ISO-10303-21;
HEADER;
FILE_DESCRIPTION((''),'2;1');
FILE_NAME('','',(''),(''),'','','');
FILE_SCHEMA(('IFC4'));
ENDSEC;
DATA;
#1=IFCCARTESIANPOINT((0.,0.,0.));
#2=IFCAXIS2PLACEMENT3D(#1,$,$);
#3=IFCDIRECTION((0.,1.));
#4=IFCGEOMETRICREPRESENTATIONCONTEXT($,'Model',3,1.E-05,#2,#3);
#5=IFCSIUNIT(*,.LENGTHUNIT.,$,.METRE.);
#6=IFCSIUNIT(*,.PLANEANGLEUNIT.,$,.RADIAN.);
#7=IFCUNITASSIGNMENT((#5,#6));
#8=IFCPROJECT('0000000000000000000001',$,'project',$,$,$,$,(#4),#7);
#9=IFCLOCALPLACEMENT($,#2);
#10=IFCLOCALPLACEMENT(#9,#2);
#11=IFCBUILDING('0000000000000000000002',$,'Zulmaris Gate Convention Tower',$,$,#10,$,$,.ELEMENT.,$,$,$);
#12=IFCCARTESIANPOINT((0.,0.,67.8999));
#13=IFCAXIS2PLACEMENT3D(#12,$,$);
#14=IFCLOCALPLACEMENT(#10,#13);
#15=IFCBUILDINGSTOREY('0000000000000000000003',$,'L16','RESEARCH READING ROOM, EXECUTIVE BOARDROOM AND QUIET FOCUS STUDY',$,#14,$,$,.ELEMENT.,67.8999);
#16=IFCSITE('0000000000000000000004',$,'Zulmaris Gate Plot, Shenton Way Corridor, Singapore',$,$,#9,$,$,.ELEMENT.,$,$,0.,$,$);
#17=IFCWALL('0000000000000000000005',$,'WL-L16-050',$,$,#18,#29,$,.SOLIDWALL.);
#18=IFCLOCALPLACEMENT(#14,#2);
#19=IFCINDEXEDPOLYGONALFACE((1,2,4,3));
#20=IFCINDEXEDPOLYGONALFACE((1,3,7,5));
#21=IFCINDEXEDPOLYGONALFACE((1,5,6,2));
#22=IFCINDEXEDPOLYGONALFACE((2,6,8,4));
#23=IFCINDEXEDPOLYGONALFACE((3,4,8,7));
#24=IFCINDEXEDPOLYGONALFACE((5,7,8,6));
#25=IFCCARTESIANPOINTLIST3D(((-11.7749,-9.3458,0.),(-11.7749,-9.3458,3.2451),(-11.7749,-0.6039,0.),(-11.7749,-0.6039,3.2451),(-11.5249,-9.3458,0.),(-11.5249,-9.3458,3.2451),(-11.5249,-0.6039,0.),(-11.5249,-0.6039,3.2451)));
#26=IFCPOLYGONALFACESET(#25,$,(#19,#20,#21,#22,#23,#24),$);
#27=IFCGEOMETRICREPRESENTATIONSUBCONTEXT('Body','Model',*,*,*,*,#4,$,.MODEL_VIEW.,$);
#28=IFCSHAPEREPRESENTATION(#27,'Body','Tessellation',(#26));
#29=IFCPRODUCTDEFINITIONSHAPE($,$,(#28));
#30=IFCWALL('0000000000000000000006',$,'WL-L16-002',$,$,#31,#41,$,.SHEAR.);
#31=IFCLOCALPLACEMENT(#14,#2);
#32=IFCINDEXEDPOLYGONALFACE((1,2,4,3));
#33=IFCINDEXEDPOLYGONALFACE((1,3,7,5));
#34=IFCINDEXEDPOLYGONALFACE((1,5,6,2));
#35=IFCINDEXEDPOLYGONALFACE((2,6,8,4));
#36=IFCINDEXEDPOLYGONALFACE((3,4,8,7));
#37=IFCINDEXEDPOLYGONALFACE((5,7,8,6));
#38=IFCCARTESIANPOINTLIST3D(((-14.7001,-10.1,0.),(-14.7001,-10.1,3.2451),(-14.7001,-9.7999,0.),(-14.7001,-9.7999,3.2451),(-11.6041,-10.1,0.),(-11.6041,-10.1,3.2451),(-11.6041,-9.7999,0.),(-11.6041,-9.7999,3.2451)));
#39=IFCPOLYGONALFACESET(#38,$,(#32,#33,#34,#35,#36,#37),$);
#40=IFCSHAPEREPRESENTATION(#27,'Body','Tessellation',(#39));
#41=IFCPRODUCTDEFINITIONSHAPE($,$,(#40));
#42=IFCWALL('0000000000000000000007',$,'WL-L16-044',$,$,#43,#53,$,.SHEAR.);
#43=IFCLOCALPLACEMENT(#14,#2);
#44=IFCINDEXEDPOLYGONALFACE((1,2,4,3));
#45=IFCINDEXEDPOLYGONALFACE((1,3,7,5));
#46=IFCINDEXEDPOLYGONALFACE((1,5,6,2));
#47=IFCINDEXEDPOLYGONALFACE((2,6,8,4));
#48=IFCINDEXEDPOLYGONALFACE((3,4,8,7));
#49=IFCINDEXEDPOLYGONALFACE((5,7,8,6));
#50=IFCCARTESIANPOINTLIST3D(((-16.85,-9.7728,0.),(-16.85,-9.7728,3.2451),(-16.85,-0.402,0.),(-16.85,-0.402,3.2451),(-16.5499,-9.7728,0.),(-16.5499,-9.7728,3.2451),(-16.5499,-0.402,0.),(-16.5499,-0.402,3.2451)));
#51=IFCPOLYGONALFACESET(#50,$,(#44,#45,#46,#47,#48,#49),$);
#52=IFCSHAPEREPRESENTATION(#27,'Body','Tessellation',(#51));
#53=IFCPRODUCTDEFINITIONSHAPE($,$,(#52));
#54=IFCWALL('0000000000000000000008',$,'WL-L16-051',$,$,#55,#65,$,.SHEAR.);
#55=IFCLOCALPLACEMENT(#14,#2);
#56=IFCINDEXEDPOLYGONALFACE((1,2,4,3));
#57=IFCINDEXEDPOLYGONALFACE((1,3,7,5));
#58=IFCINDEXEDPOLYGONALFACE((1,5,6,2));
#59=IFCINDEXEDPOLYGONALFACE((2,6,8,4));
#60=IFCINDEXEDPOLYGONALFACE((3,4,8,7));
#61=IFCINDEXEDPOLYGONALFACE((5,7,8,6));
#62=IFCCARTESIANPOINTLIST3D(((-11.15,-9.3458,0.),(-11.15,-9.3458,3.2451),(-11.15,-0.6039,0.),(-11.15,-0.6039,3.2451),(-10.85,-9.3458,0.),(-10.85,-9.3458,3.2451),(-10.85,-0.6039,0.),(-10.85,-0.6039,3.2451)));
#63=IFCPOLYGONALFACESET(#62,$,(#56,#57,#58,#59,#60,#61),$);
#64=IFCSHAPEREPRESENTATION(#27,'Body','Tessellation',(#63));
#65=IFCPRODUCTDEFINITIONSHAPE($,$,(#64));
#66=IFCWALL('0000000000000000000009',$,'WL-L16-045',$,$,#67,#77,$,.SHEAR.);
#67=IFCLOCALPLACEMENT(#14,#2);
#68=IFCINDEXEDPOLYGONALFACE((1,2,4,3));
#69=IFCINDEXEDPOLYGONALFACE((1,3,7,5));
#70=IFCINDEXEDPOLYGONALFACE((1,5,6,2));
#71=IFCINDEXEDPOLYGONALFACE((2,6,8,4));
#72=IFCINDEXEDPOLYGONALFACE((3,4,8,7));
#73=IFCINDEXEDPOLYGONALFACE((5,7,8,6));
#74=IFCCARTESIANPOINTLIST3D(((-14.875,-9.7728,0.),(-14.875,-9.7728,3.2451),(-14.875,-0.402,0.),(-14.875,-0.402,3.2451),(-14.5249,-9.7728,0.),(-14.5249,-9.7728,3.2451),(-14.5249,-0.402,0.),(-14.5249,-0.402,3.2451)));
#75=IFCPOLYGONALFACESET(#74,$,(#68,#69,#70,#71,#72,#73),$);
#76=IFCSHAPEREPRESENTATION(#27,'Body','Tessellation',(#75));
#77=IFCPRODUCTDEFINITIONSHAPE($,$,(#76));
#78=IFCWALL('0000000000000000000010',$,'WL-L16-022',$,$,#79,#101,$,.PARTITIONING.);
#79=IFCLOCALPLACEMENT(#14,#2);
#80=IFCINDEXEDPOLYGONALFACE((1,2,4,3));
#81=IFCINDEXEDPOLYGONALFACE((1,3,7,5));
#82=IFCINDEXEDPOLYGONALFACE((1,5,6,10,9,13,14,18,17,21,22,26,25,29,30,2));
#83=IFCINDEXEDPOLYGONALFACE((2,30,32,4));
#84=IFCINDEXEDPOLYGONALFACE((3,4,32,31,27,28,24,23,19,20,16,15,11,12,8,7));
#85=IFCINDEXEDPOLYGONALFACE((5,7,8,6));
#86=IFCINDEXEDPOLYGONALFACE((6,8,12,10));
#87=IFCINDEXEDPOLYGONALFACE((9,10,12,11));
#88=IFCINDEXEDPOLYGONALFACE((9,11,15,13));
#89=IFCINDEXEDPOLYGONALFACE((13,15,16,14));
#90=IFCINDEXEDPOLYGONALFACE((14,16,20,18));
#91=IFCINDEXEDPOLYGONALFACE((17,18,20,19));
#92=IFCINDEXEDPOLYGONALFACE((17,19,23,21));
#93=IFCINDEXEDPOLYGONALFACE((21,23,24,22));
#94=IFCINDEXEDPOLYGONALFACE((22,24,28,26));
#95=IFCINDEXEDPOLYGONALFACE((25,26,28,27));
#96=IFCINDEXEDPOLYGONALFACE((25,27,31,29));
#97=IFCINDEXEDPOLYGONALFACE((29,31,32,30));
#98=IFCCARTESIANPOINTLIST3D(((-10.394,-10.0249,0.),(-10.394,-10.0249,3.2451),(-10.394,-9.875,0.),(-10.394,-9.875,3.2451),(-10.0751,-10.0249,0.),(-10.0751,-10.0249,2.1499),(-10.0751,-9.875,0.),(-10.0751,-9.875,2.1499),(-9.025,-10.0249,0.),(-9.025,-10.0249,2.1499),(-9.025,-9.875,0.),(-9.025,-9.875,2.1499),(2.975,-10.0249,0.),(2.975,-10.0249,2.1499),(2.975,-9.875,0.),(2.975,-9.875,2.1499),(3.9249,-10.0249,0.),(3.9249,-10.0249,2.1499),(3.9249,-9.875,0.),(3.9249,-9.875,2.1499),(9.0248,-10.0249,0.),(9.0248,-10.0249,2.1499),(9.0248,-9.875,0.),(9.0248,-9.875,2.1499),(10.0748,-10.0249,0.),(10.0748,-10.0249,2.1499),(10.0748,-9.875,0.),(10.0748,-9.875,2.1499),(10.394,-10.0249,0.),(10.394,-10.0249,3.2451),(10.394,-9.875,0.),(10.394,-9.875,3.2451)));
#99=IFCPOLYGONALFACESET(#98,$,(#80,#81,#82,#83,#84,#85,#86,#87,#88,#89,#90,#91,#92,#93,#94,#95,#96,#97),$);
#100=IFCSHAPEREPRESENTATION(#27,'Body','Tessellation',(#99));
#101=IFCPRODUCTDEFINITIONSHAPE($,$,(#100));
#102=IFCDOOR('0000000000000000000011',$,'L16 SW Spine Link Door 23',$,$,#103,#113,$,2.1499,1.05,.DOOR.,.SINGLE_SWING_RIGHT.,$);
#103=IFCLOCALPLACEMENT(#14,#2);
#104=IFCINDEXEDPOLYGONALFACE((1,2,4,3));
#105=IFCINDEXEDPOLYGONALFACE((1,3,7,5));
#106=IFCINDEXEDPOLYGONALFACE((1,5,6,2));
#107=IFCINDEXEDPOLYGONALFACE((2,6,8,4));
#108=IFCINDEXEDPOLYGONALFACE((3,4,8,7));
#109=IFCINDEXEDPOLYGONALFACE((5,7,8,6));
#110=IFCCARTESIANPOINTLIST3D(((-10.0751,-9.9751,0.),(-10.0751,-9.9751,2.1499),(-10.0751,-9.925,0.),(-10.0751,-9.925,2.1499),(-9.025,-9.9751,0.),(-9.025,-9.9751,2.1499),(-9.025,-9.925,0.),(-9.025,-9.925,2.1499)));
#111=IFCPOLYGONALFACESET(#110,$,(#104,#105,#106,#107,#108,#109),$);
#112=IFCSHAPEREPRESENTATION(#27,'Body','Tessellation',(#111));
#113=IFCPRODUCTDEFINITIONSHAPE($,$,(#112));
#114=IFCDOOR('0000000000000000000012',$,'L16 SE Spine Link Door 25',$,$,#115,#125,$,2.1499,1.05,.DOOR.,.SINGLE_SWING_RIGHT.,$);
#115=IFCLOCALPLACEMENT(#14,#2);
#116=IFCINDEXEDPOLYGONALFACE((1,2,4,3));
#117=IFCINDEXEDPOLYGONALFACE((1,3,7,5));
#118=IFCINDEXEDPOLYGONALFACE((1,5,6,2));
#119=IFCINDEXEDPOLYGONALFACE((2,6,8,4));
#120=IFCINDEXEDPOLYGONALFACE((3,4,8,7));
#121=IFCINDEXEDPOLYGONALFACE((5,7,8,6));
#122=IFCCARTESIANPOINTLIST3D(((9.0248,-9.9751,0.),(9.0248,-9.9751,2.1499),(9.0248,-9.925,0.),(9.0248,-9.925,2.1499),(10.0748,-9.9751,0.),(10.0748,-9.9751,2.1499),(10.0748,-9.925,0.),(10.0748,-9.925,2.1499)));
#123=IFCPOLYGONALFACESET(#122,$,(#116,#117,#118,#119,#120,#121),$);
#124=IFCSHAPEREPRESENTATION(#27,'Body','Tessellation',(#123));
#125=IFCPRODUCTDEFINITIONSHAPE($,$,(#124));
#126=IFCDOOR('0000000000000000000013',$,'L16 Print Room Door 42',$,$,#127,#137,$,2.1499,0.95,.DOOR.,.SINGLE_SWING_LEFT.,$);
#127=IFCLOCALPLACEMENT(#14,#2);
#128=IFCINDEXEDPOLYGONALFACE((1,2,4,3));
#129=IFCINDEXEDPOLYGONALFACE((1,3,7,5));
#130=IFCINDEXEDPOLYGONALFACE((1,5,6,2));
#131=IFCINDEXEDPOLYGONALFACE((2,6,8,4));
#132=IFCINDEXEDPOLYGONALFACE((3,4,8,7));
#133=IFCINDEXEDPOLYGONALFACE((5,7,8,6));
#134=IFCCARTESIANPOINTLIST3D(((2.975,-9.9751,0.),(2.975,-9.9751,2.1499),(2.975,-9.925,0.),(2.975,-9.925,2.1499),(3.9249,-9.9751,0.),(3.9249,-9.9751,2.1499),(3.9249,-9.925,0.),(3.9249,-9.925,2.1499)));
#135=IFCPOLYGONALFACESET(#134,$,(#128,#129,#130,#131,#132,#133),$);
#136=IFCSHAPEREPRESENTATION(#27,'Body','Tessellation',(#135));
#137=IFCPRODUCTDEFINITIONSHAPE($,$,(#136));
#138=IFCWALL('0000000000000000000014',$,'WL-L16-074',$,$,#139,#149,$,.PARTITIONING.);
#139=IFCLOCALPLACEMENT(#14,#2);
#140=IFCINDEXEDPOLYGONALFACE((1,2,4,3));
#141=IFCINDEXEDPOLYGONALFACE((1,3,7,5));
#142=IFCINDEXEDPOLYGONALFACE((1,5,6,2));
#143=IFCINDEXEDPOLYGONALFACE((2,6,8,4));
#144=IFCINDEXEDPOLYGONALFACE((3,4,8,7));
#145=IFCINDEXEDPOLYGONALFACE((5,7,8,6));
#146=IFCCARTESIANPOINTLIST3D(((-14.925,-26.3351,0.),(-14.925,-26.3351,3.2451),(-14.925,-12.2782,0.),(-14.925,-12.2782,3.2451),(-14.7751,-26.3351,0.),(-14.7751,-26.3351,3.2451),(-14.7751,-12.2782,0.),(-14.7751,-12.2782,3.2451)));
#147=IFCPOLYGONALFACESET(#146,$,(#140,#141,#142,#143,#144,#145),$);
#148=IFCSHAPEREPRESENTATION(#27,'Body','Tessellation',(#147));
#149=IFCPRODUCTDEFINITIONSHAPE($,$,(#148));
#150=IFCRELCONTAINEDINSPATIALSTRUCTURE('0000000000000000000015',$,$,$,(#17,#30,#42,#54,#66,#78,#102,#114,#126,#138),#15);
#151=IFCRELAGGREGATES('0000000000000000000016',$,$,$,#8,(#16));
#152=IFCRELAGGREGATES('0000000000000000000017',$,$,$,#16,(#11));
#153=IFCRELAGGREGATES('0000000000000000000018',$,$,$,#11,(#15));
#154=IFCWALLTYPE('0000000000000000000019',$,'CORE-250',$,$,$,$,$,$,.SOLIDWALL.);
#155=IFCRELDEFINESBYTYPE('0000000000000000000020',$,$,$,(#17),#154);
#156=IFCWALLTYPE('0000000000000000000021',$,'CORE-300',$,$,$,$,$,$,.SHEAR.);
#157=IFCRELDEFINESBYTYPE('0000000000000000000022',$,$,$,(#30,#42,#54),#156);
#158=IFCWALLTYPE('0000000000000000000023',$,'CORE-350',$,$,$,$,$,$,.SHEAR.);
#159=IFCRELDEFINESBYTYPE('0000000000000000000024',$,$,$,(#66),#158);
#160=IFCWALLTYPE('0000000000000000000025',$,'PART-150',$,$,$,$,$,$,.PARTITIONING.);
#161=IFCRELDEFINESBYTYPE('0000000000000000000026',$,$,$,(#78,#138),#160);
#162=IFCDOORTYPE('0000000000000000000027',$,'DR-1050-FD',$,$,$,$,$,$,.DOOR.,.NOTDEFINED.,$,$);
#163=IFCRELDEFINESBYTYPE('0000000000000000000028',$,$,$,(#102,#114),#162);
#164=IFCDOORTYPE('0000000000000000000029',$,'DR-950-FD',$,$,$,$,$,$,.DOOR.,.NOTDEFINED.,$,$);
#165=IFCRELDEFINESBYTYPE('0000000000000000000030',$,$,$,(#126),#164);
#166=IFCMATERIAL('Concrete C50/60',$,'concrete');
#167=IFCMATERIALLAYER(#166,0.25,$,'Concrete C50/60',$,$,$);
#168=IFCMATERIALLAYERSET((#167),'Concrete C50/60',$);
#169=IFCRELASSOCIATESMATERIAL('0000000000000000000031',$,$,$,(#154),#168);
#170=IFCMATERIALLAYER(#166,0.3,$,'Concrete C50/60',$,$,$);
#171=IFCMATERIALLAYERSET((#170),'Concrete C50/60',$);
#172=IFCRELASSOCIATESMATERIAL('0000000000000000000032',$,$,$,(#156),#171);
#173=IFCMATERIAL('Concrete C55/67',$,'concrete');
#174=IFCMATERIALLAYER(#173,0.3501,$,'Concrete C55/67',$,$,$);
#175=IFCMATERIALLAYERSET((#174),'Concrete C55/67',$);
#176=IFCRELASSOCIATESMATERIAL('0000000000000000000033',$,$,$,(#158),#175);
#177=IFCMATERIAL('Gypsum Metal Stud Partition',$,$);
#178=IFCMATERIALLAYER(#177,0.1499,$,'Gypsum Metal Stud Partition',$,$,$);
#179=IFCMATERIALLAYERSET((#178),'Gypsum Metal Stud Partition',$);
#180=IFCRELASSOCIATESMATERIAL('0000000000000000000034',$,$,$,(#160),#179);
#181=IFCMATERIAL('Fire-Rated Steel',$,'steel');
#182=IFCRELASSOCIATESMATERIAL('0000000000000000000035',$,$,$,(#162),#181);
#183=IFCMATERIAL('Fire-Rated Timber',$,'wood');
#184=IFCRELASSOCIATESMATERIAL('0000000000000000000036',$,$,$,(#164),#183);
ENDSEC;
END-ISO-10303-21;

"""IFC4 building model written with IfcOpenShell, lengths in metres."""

from ifc_helpers import new_model, si_unit, direction, frame, frame_2d, origin, place, context, subcontext, project, spatial, rectangle, extrude, material, layer, layer_set, type_object, element, fill, save


model = new_model("IFC4")

# Units and contexts
model_context = context("Model", 3, precision=1e-05, world=origin(), true_north=direction((0.0, 1.0)))
body_context = subcontext(model_context, "Body", "Model", "MODEL_VIEW")
ifc_project = project(units=[si_unit("LENGTHUNIT", "METRE"), si_unit("PLANEANGLEUNIT", "RADIAN")], contexts=[model_context])

# Site, building, storey
site_placement = place(None, origin())
site = spatial("IfcSite", under=ifc_project, at=site_placement, Name="Zulmaris Gate Plot, Shenton Way Corridor, Singapore", CompositionType="ELEMENT", RefElevation=0.0)
building_placement = place(site_placement, origin())
building = spatial("IfcBuilding", under=site, at=building_placement, Name="Zulmaris Gate Convention Tower", CompositionType="ELEMENT")
storey_placement = place(building_placement, frame((0.0, 0.0, 67.8999)))
storey = spatial("IfcBuildingStorey", under=building, at=storey_placement, Name="L16", Description="RESEARCH READING ROOM, EXECUTIVE BOARDROOM AND QUIET FOCUS STUDY", CompositionType="ELEMENT", Elevation=67.8999)

# Walls
ifc_material_1 = material(Name="Concrete C50/60", Category="concrete")
ifc_layer_1 = layer(ifc_material_1, 0.25, Name="Concrete C50/60")
ifc_layer_set_1 = layer_set([ifc_layer_1], Name="Concrete C50/60")
wall_type_1 = type_object("IfcWallType", Name="CORE-250", PredefinedType="SOLIDWALL", material=ifc_layer_set_1)
wall_1_placement = place(storey_placement, frame((-11.6499, -9.3459, 0.0), z_axis=(0.0, 0.0, 1.0), x_axis=(0.0, 1.0, 0.0)))
element("IfcWall", 1, at=wall_1_placement, inside=storey, type_object=wall_type_1, Name="WL-L16-050", PredefinedType="SOLIDWALL", context=body_context, shape_type="SweptSolid", body=[
    extrude(rectangle(XDim=8.7419, YDim=0.25, at=frame_2d((4.3711, 0.0))), origin(), (0.0, 0.0, 1.0), 3.2451),
])
ifc_layer_2 = layer(ifc_material_1, 0.3, Name="Concrete C50/60")
ifc_layer_set_2 = layer_set([ifc_layer_2], Name="Concrete C50/60")
wall_type_2 = type_object("IfcWallType", Name="CORE-300", PredefinedType="SHEAR", material=ifc_layer_set_2)
wall_2_placement = place(storey_placement, frame((-14.7, -9.95, 0.0), z_axis=(0.0, 0.0, 1.0), x_axis=(1.0, 0.0, 0.0)))
element("IfcWall", 2, at=wall_2_placement, inside=storey, type_object=wall_type_2, Name="WL-L16-002", PredefinedType="SHEAR", context=body_context, shape_type="SweptSolid", body=[
    extrude(rectangle(XDim=3.0959, YDim=0.3, at=frame_2d((1.5479, 0.0))), origin(), (0.0, 0.0, 1.0), 3.2451),
])
wall_3_placement = place(storey_placement, frame((-16.7, -9.7729, 0.0), z_axis=(0.0, 0.0, 1.0), x_axis=(0.0, 1.0, 0.0)))
element("IfcWall", 3, at=wall_3_placement, inside=storey, type_object=wall_type_2, Name="WL-L16-044", PredefinedType="SHEAR", context=body_context, shape_type="SweptSolid", body=[
    extrude(rectangle(XDim=9.3708, YDim=0.3, at=frame_2d((4.6855, 0.0))), origin(), (0.0, 0.0, 1.0), 3.2451),
])
wall_4_placement = place(storey_placement, frame((-11.0, -9.3459, 0.0), z_axis=(0.0, 0.0, 1.0), x_axis=(0.0, 1.0, 0.0)))
element("IfcWall", 4, at=wall_4_placement, inside=storey, type_object=wall_type_2, Name="WL-L16-051", PredefinedType="SHEAR", context=body_context, shape_type="SweptSolid", body=[
    extrude(rectangle(XDim=8.7419, YDim=0.3, at=frame_2d((4.3711, 0.0))), origin(), (0.0, 0.0, 1.0), 3.2451),
])
ifc_material_2 = material(Name="Concrete C55/67", Category="concrete")
ifc_layer_3 = layer(ifc_material_2, 0.3501, Name="Concrete C55/67")
ifc_layer_set_3 = layer_set([ifc_layer_3], Name="Concrete C55/67")
wall_type_3 = type_object("IfcWallType", Name="CORE-350", PredefinedType="SHEAR", material=ifc_layer_set_3)
wall_5_placement = place(storey_placement, frame((-14.7, -9.7729, 0.0), z_axis=(0.0, 0.0, 1.0), x_axis=(0.0, 1.0, 0.0)))
element("IfcWall", 5, at=wall_5_placement, inside=storey, type_object=wall_type_3, Name="WL-L16-045", PredefinedType="SHEAR", context=body_context, shape_type="SweptSolid", body=[
    extrude(rectangle(XDim=9.3708, YDim=0.3501, at=frame_2d((4.6855, 0.0))), origin(), (0.0, 0.0, 1.0), 3.2451),
])

# Wall, openings, doors
ifc_material_3 = material(Name="Gypsum Metal Stud Partition")
ifc_layer_4 = layer(ifc_material_3, 0.1499, Name="Gypsum Metal Stud Partition")
ifc_layer_set_4 = layer_set([ifc_layer_4], Name="Gypsum Metal Stud Partition")
wall_type_4 = type_object("IfcWallType", Name="PART-150", PredefinedType="PARTITIONING", material=ifc_layer_set_4)
wall_6_placement = place(storey_placement, frame((-10.394, -9.95, 0.0), z_axis=(0.0, 0.0, 1.0), x_axis=(1.0, 0.0, 0.0)))
wall_6 = element("IfcWall", 6, at=wall_6_placement, inside=storey, type_object=wall_type_4, Name="WL-L16-022", PredefinedType="PARTITIONING", context=body_context, shape_type="SweptSolid", body=[
    extrude(rectangle(XDim=20.7881, YDim=0.1499, at=frame_2d((10.394, 0.0))), origin(), (0.0, 0.0, 1.0), 3.2451),
])
opening_1_placement = place(wall_6_placement, frame((0.3191, 0.0, 0.0)))
opening_1 = element("IfcOpeningElement", 7, at=opening_1_placement, cuts=wall_6, PredefinedType="OPENING", context=body_context, shape_type="SweptSolid", body=[
    extrude(rectangle(XDim=1.05, YDim=2.1499, at=frame_2d((0.5249, 1.075))), frame((0.0, 0.085, 0.0), z_axis=(0.0, -1.0, 0.0), x_axis=(1.0, 0.0, 0.0)), (0.0, 0.0, 1.0), 0.1699),
])
opening_2_placement = place(wall_6_placement, frame((19.4189, 0.0, 0.0)))
opening_2 = element("IfcOpeningElement", 8, at=opening_2_placement, cuts=wall_6, PredefinedType="OPENING", context=body_context, shape_type="SweptSolid", body=[
    extrude(rectangle(XDim=1.05, YDim=2.1499, at=frame_2d((0.5249, 1.075))), frame((0.0, 0.085, 0.0), z_axis=(0.0, -1.0, 0.0), x_axis=(1.0, 0.0, 0.0)), (0.0, 0.0, 1.0), 0.1699),
])
opening_3_placement = place(wall_6_placement, frame((13.3689, 0.0, 0.0)))
opening_3 = element("IfcOpeningElement", 9, at=opening_3_placement, cuts=wall_6, PredefinedType="OPENING", context=body_context, shape_type="SweptSolid", body=[
    extrude(rectangle(XDim=0.95, YDim=2.1499, at=frame_2d((0.4751, 1.075))), frame((0.0, 0.085, 0.0), z_axis=(0.0, -1.0, 0.0), x_axis=(1.0, 0.0, 0.0)), (0.0, 0.0, 1.0), 0.1699),
])
ifc_material_4 = material(Name="Fire-Rated Steel", Category="steel")
door_type_1 = type_object("IfcDoorType", Name="DR-1050-FD", OperationType="NOTDEFINED", PredefinedType="DOOR", material=ifc_material_4)
door_1_placement = place(opening_1_placement, origin())
door_1 = element("IfcDoor", 10, at=door_1_placement, inside=storey, type_object=door_type_1, Name="L16 SW Spine Link Door 23", OperationType="SINGLE_SWING_RIGHT", OverallHeight=2.1499, OverallWidth=1.05, PredefinedType="DOOR", context=body_context, shape_type="SweptSolid", body=[
    extrude(rectangle(XDim=1.05, YDim=2.1499, at=frame_2d((0.5249, 1.075))), frame((0.0, 0.0249, 0.0), z_axis=(0.0, -1.0, 0.0), x_axis=(1.0, 0.0, 0.0)), (0.0, 0.0, 1.0), 0.05),
])
fill(opening_1, door_1)
door_2_placement = place(opening_2_placement, origin())
door_2 = element("IfcDoor", 11, at=door_2_placement, inside=storey, type_object=door_type_1, Name="L16 SE Spine Link Door 25", OperationType="SINGLE_SWING_RIGHT", OverallHeight=2.1499, OverallWidth=1.05, PredefinedType="DOOR", context=body_context, shape_type="SweptSolid", body=[
    extrude(rectangle(XDim=1.05, YDim=2.1499, at=frame_2d((0.5249, 1.075))), frame((0.0, 0.0249, 0.0), z_axis=(0.0, -1.0, 0.0), x_axis=(1.0, 0.0, 0.0)), (0.0, 0.0, 1.0), 0.05),
])
fill(opening_2, door_2)
ifc_material_5 = material(Name="Fire-Rated Timber", Category="wood")
door_type_2 = type_object("IfcDoorType", Name="DR-950-FD", OperationType="NOTDEFINED", PredefinedType="DOOR", material=ifc_material_5)
door_3_placement = place(opening_3_placement, origin())
door_3 = element("IfcDoor", 12, at=door_3_placement, inside=storey, type_object=door_type_2, Name="L16 Print Room Door 42", OperationType="SINGLE_SWING_LEFT", OverallHeight=2.1499, OverallWidth=0.95, PredefinedType="DOOR", context=body_context, shape_type="SweptSolid", body=[
    extrude(rectangle(XDim=0.95, YDim=2.1499, at=frame_2d((0.4751, 1.075))), frame((0.0, 0.0249, 0.0), z_axis=(0.0, -1.0, 0.0), x_axis=(1.0, 0.0, 0.0)), (0.0, 0.0, 1.0), 0.05),
])
fill(opening_3, door_3)

# Wall
wall_7_placement = place(storey_placement, frame((-14.8501, -26.335, 0.0), z_axis=(0.0, 0.0, 1.0), x_axis=(0.0, 1.0, 0.0)))
element("IfcWall", 13, at=wall_7_placement, inside=storey, type_object=wall_type_4, Name="WL-L16-074", PredefinedType="PARTITIONING", context=body_context, shape_type="SweptSolid", body=[
    extrude(rectangle(XDim=14.0569, YDim=0.1499, at=frame_2d((7.0283, 0.0))), origin(), (0.0, 0.0, 1.0), 3.2451),
])

save(model, "model.ifc")
